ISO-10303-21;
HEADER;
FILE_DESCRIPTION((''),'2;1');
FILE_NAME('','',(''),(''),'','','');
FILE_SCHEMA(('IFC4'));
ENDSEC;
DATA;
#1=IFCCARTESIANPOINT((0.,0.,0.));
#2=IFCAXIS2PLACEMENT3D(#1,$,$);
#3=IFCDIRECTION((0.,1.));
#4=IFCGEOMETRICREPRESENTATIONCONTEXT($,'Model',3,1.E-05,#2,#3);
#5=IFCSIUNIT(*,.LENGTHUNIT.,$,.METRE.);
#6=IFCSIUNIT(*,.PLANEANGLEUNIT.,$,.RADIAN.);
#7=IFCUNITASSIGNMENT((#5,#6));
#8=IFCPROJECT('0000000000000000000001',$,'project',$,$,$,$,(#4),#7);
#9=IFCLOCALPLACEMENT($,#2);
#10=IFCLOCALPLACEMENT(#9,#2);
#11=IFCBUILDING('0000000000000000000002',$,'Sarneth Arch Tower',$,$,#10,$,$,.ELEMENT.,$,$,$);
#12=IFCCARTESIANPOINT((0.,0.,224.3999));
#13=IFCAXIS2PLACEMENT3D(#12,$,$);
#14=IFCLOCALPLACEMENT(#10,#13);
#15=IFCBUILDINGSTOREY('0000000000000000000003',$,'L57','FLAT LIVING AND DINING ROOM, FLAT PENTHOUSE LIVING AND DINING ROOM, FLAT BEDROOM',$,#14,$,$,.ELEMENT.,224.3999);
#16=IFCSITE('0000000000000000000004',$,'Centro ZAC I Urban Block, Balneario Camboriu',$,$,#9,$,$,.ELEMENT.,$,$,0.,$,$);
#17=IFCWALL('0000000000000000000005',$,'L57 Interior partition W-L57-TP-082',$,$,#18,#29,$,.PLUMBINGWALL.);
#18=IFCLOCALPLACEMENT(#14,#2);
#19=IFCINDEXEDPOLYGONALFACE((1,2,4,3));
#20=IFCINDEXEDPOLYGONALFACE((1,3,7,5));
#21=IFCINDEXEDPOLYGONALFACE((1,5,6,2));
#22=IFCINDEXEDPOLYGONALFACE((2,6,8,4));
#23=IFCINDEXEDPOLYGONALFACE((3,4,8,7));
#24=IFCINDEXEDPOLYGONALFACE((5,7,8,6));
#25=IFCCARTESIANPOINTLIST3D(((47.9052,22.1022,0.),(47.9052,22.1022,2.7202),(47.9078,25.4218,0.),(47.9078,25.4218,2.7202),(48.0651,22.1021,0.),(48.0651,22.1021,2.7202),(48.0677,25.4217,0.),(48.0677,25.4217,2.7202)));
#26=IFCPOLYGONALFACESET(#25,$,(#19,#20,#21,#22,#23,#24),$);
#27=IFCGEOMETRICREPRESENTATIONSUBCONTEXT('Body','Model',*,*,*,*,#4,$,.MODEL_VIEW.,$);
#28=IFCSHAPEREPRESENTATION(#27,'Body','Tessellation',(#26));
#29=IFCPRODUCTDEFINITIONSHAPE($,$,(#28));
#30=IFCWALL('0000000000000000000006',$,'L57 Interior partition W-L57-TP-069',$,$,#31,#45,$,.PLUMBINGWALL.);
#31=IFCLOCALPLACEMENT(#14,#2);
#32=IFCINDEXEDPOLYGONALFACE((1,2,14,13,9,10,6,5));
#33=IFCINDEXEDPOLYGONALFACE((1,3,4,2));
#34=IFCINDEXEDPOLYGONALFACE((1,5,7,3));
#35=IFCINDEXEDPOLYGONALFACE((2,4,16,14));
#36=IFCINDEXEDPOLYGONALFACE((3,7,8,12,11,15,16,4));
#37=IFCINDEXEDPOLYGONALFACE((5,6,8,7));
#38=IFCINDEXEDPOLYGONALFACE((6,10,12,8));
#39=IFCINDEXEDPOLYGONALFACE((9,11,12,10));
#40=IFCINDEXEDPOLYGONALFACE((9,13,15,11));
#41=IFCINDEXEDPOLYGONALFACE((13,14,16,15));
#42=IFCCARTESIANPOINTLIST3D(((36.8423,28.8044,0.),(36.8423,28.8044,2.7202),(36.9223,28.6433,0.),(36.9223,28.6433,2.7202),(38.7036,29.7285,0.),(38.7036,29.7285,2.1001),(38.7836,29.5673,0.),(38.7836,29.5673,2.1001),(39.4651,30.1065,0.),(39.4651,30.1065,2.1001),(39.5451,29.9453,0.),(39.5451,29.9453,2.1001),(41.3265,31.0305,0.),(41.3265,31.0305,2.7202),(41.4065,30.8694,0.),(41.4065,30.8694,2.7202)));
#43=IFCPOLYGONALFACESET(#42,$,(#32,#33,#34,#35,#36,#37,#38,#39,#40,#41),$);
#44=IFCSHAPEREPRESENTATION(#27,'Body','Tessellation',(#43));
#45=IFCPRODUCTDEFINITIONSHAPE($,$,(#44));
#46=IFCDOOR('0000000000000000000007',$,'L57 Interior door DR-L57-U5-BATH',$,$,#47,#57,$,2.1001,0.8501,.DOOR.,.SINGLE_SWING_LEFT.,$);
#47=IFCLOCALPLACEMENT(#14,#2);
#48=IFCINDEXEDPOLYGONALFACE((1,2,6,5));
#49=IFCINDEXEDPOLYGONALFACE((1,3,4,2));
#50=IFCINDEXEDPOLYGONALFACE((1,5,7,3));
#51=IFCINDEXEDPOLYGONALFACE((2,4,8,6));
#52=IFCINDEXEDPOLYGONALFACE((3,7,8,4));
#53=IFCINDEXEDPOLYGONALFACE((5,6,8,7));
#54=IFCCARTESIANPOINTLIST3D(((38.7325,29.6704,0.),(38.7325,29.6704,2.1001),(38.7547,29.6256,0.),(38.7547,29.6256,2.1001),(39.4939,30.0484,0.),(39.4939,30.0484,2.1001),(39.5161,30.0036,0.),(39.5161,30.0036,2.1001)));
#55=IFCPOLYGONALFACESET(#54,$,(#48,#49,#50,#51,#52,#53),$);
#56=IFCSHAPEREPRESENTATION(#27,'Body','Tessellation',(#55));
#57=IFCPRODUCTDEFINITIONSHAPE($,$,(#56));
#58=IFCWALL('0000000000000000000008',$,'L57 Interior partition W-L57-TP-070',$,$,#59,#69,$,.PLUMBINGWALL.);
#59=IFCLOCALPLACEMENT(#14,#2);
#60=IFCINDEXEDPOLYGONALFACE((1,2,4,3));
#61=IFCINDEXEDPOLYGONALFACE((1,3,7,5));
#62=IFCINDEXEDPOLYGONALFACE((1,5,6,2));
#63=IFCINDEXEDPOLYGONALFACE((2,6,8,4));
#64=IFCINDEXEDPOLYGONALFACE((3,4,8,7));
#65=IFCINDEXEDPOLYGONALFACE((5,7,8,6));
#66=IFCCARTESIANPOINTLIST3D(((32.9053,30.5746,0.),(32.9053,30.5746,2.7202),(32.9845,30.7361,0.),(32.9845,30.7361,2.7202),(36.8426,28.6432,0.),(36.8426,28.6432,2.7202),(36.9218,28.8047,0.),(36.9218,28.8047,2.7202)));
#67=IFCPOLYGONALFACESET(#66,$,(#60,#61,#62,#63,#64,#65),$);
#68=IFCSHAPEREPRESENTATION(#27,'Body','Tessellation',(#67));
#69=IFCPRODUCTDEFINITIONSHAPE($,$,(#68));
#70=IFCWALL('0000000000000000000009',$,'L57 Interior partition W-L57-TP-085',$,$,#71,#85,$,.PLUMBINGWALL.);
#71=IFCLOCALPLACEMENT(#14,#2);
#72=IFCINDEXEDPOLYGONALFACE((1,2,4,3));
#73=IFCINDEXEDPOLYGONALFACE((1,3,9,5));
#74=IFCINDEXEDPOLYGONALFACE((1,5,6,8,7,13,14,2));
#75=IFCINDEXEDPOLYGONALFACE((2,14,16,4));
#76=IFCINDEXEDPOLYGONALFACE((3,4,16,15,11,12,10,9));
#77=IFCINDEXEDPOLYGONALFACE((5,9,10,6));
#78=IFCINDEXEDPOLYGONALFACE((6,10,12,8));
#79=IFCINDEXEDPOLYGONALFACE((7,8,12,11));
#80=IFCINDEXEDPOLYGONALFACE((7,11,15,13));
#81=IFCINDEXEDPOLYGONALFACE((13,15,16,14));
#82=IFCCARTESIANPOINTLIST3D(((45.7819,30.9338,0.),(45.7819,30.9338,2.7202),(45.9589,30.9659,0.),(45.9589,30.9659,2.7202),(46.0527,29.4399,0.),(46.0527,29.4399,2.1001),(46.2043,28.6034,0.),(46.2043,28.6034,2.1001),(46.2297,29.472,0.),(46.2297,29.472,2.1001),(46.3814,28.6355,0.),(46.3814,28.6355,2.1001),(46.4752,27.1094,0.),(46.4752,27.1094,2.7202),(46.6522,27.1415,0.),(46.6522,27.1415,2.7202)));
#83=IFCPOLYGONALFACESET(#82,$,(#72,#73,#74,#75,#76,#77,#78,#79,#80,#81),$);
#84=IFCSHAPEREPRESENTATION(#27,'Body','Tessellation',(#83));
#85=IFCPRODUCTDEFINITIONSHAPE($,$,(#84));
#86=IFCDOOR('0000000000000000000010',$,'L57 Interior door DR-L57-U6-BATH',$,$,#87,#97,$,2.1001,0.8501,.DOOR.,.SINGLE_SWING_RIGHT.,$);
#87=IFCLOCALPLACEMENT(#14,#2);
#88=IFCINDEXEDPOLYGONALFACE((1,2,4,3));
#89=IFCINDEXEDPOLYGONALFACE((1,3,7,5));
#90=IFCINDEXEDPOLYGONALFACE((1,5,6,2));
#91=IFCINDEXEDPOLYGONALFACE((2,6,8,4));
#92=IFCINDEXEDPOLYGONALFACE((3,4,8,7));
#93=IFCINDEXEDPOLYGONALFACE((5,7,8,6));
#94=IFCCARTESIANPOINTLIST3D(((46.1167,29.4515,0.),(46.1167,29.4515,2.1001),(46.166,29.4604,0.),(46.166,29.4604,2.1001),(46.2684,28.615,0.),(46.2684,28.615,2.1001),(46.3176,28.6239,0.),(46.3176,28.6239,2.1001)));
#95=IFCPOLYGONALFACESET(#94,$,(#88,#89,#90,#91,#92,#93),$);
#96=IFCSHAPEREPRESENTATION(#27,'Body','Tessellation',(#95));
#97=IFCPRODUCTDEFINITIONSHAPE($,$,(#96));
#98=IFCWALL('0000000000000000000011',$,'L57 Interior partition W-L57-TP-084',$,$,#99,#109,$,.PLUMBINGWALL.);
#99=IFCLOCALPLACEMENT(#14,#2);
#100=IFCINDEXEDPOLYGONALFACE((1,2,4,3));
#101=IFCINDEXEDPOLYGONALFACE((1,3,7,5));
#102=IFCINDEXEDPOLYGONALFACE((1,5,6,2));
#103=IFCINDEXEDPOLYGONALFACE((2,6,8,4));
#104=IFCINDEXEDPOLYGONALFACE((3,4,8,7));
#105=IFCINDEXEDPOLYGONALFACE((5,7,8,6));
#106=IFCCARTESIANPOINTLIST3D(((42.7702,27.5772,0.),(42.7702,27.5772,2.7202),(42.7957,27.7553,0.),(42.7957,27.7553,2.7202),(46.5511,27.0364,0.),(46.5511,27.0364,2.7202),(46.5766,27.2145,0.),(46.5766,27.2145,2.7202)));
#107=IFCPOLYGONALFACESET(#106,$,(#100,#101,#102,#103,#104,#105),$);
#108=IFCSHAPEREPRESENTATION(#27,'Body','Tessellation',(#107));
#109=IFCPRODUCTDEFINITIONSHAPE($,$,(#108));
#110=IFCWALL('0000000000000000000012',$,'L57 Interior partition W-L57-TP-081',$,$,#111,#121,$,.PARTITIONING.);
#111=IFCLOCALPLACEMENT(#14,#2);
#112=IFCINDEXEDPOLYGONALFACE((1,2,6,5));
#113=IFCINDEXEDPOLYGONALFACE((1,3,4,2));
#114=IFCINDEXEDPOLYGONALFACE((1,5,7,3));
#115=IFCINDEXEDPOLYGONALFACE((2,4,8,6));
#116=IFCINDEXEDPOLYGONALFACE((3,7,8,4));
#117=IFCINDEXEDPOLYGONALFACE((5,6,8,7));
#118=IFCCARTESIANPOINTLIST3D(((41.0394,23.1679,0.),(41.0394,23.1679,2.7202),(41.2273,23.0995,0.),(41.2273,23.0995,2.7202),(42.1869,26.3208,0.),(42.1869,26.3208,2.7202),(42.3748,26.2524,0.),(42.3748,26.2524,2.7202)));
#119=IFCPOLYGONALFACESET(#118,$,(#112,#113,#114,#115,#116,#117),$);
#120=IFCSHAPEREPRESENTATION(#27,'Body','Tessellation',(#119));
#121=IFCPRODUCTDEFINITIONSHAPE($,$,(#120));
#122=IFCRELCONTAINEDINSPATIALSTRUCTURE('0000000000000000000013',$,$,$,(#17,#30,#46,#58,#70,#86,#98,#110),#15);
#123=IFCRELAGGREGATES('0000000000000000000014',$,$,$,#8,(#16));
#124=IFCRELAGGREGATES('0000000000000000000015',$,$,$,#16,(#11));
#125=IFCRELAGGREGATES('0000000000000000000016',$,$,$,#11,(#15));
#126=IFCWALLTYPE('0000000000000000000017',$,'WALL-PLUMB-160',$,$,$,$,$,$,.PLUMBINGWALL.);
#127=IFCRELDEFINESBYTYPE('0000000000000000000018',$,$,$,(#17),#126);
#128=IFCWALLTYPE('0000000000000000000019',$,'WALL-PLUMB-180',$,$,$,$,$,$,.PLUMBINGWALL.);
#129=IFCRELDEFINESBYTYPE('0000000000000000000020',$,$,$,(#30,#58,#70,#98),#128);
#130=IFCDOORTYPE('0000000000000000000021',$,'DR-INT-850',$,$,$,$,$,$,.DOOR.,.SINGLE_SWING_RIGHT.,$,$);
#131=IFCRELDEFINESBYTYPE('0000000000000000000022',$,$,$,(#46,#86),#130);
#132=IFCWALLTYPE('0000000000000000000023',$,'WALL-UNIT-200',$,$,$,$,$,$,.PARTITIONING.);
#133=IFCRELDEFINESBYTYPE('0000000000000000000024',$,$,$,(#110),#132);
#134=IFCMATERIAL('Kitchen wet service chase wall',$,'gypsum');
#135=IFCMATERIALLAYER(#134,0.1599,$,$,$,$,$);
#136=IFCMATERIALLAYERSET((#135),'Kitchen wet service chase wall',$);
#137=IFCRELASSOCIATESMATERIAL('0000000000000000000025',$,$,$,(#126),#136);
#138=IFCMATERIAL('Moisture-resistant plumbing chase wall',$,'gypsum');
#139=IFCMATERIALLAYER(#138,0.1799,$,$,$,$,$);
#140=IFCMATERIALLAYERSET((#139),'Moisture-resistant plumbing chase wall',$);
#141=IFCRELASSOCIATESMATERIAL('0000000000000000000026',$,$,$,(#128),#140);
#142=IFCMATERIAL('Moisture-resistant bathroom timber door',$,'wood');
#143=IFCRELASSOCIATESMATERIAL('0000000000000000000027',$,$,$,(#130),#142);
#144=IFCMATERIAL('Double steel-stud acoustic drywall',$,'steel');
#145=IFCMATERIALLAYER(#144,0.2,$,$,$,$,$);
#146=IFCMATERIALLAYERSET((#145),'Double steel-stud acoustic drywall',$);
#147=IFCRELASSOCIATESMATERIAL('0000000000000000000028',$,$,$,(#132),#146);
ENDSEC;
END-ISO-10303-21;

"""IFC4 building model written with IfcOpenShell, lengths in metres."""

from ifc_helpers import new_model, si_unit, direction, frame, frame_2d, origin, place, context, subcontext, project, spatial, rectangle, extrude, material, layer, layer_set, type_object, element, fill, save


model = new_model("IFC4")

# Units and contexts
model_context = context("Model", 3, precision=1e-05, world=origin(), true_north=direction((0.0, 1.0)))
body_context = subcontext(model_context, "Body", "Model", "MODEL_VIEW")
ifc_project = project(units=[si_unit("LENGTHUNIT", "METRE"), si_unit("PLANEANGLEUNIT", "RADIAN")], contexts=[model_context])

# Site, building, storey
site_placement = place(None, origin())
site = spatial("IfcSite", under=ifc_project, at=site_placement, Name="Centro ZAC I Urban Block, Balneario Camboriu", CompositionType="ELEMENT", RefElevation=0.0)
building_placement = place(site_placement, origin())
building = spatial("IfcBuilding", under=site, at=building_placement, Name="Sarneth Arch Tower", CompositionType="ELEMENT")
storey_placement = place(building_placement, frame((0.0, 0.0, 224.3999)))
storey = spatial("IfcBuildingStorey", under=building, at=storey_placement, Name="L57", Description="FLAT LIVING AND DINING ROOM, FLAT PENTHOUSE LIVING AND DINING ROOM, FLAT BEDROOM", CompositionType="ELEMENT", Elevation=224.3999)

# Shared definitions
ifc_material_1 = material(Name="Kitchen wet service chase wall", Category="gypsum")
ifc_layer_1 = layer(ifc_material_1, 0.1599)
ifc_layer_set_1 = layer_set([ifc_layer_1], Name="Kitchen wet service chase wall")
wall_type_1 = type_object("IfcWallType", Name="WALL-PLUMB-160", PredefinedType="PLUMBINGWALL", material=ifc_layer_set_1)

# Wall
wall_1_placement = place(storey_placement, frame((47.9851, 22.1023, 0.0), z_axis=(0.0, 0.0, 1.0), x_axis=(0.000809, 1.0, 0.0)))
element("IfcWall", 1, at=wall_1_placement, inside=storey, type_object=wall_type_1, Name="L57 Interior partition W-L57-TP-082", PredefinedType="PLUMBINGWALL", context=body_context, shape_type="SweptSolid", body=[
    extrude(rectangle(XDim=3.3196, YDim=0.1599, at=frame_2d((1.6597, 0.0))), origin(), (0.0, 0.0, 1.0), 2.7202),
])

# Wall, opening, door
ifc_material_2 = material(Name="Moisture-resistant plumbing chase wall", Category="gypsum")
ifc_layer_2 = layer(ifc_material_2, 0.1799)
ifc_layer_set_2 = layer_set([ifc_layer_2], Name="Moisture-resistant plumbing chase wall")
wall_type_2 = type_object("IfcWallType", Name="WALL-PLUMB-180", PredefinedType="PLUMBINGWALL", material=ifc_layer_set_2)
wall_2_placement = place(storey_placement, frame((41.3665, 30.95, 0.0), z_axis=(0.0, 0.0, 1.0), x_axis=(-0.895701, -0.444656, 0.0)))
wall_2 = element("IfcWall", 2, at=wall_2_placement, inside=storey, type_object=wall_type_2, Name="L57 Interior partition W-L57-TP-069", PredefinedType="PLUMBINGWALL", context=body_context, shape_type="SweptSolid", body=[
    extrude(rectangle(XDim=5.0063, YDim=0.1799, at=frame_2d((2.5032, 0.0))), origin(), (0.0, 0.0, 1.0), 2.7202),
])
opening_1_placement = place(wall_2_placement, frame((2.0781, 0.0, 0.0)))
opening_1 = element("IfcOpeningElement", 3, at=opening_1_placement, cuts=wall_2, PredefinedType="OPENING", context=body_context, shape_type="SweptSolid", body=[
    extrude(rectangle(XDim=0.8501, YDim=2.1001, at=frame_2d((0.425, 1.05))), frame((0.0, 0.0999, 0.0), z_axis=(0.0, -1.0, 0.0), x_axis=(1.0, 0.0, 0.0)), (0.0, 0.0, 1.0), 0.2),
])
ifc_material_3 = material(Name="Moisture-resistant bathroom timber door", Category="wood")
door_type_1 = type_object("IfcDoorType", Name="DR-INT-850", OperationType="SINGLE_SWING_RIGHT", PredefinedType="DOOR", material=ifc_material_3)
door_1_placement = place(opening_1_placement, origin())
door_1 = element("IfcDoor", 4, at=door_1_placement, inside=storey, type_object=door_type_1, Name="L57 Interior door DR-L57-U5-BATH", OperationType="SINGLE_SWING_LEFT", OverallHeight=2.1001, OverallWidth=0.8501, PredefinedType="DOOR", context=body_context, shape_type="SweptSolid", body=[
    extrude(rectangle(XDim=0.8501, YDim=2.1001, at=frame_2d((0.425, 1.05))), frame((0.0, 0.0249, 0.0), z_axis=(0.0, -1.0, 0.0), x_axis=(1.0, 0.0, 0.0)), (0.0, 0.0, 1.0), 0.05),
])
fill(opening_1, door_1)

# Wall
wall_3_placement = place(storey_placement, frame((36.8823, 28.7239, 0.0), z_axis=(0.0, 0.0, 1.0), x_axis=(-0.897797, 0.440409, 0.0)))
element("IfcWall", 5, at=wall_3_placement, inside=storey, type_object=wall_type_2, Name="L57 Interior partition W-L57-TP-070", PredefinedType="PLUMBINGWALL", context=body_context, shape_type="SweptSolid", body=[
    extrude(rectangle(XDim=4.3855, YDim=0.1799, at=frame_2d((2.1929, 0.0))), origin(), (0.0, 0.0, 1.0), 2.7202),
])

# Wall, opening, door
wall_4_placement = place(storey_placement, frame((46.5637, 27.1255, 0.0), z_axis=(0.0, 0.0, 1.0), x_axis=(-0.178388, 0.98396, 0.0)))
wall_4 = element("IfcWall", 6, at=wall_4_placement, inside=storey, type_object=wall_type_2, Name="L57 Interior partition W-L57-TP-085", PredefinedType="PLUMBINGWALL", context=body_context, shape_type="SweptSolid", body=[
    extrude(rectangle(XDim=3.8867, YDim=0.1799, at=frame_2d((1.9434, 0.0))), origin(), (0.0, 0.0, 1.0), 2.7202),
])
opening_2_placement = place(wall_4_placement, frame((1.5183, 0.0, 0.0)))
opening_2 = element("IfcOpeningElement", 7, at=opening_2_placement, cuts=wall_4, PredefinedType="OPENING", context=body_context, shape_type="SweptSolid", body=[
    extrude(rectangle(XDim=0.8501, YDim=2.1001, at=frame_2d((0.425, 1.05))), frame((0.0, 0.0999, 0.0), z_axis=(0.0, -1.0, 0.0), x_axis=(1.0, 0.0, 0.0)), (0.0, 0.0, 1.0), 0.2),
])
door_2_placement = place(opening_2_placement, origin())
door_2 = element("IfcDoor", 8, at=door_2_placement, inside=storey, type_object=door_type_1, Name="L57 Interior door DR-L57-U6-BATH", OperationType="SINGLE_SWING_RIGHT", OverallHeight=2.1001, OverallWidth=0.8501, PredefinedType="DOOR", context=body_context, shape_type="SweptSolid", body=[
    extrude(rectangle(XDim=0.8501, YDim=2.1001, at=frame_2d((0.425, 1.05))), frame((0.0, 0.0249, 0.0), z_axis=(0.0, -1.0, 0.0), x_axis=(1.0, 0.0, 0.0)), (0.0, 0.0, 1.0), 0.05),
])
fill(opening_2, door_2)

# Walls
wall_5_placement = place(storey_placement, frame((42.783, 27.6663, 0.0), z_axis=(0.0, 0.0, 1.0), x_axis=(0.989925, -0.141591, 0.0)))
element("IfcWall", 9, at=wall_5_placement, inside=storey, type_object=wall_type_2, Name="L57 Interior partition W-L57-TP-084", PredefinedType="PLUMBINGWALL", context=body_context, shape_type="SweptSolid", body=[
    extrude(rectangle(XDim=3.8193, YDim=0.1799, at=frame_2d((1.9097, 0.0))), origin(), (0.0, 0.0, 1.0), 2.7202),
])
ifc_material_4 = material(Name="Double steel-stud acoustic drywall", Category="steel")
ifc_layer_3 = layer(ifc_material_4, 0.2)
ifc_layer_set_3 = layer_set([ifc_layer_3], Name="Double steel-stud acoustic drywall")
wall_type_3 = type_object("IfcWallType", Name="WALL-UNIT-200", PredefinedType="PARTITIONING", material=ifc_layer_set_3)
wall_6_placement = place(storey_placement, frame((41.1333, 23.1335, 0.0), z_axis=(0.0, 0.0, 1.0), x_axis=(0.342, 0.9397, 0.0)))
element("IfcWall", 10, at=wall_6_placement, inside=storey, type_object=wall_type_3, Name="L57 Interior partition W-L57-TP-081", PredefinedType="PARTITIONING", context=body_context, shape_type="SweptSolid", body=[
    extrude(rectangle(XDim=3.3552, YDim=0.2, at=frame_2d((1.6777, 0.0))), origin(), (0.0, 0.0, 1.0), 2.7202),
])

save(model, "model.ifc")
